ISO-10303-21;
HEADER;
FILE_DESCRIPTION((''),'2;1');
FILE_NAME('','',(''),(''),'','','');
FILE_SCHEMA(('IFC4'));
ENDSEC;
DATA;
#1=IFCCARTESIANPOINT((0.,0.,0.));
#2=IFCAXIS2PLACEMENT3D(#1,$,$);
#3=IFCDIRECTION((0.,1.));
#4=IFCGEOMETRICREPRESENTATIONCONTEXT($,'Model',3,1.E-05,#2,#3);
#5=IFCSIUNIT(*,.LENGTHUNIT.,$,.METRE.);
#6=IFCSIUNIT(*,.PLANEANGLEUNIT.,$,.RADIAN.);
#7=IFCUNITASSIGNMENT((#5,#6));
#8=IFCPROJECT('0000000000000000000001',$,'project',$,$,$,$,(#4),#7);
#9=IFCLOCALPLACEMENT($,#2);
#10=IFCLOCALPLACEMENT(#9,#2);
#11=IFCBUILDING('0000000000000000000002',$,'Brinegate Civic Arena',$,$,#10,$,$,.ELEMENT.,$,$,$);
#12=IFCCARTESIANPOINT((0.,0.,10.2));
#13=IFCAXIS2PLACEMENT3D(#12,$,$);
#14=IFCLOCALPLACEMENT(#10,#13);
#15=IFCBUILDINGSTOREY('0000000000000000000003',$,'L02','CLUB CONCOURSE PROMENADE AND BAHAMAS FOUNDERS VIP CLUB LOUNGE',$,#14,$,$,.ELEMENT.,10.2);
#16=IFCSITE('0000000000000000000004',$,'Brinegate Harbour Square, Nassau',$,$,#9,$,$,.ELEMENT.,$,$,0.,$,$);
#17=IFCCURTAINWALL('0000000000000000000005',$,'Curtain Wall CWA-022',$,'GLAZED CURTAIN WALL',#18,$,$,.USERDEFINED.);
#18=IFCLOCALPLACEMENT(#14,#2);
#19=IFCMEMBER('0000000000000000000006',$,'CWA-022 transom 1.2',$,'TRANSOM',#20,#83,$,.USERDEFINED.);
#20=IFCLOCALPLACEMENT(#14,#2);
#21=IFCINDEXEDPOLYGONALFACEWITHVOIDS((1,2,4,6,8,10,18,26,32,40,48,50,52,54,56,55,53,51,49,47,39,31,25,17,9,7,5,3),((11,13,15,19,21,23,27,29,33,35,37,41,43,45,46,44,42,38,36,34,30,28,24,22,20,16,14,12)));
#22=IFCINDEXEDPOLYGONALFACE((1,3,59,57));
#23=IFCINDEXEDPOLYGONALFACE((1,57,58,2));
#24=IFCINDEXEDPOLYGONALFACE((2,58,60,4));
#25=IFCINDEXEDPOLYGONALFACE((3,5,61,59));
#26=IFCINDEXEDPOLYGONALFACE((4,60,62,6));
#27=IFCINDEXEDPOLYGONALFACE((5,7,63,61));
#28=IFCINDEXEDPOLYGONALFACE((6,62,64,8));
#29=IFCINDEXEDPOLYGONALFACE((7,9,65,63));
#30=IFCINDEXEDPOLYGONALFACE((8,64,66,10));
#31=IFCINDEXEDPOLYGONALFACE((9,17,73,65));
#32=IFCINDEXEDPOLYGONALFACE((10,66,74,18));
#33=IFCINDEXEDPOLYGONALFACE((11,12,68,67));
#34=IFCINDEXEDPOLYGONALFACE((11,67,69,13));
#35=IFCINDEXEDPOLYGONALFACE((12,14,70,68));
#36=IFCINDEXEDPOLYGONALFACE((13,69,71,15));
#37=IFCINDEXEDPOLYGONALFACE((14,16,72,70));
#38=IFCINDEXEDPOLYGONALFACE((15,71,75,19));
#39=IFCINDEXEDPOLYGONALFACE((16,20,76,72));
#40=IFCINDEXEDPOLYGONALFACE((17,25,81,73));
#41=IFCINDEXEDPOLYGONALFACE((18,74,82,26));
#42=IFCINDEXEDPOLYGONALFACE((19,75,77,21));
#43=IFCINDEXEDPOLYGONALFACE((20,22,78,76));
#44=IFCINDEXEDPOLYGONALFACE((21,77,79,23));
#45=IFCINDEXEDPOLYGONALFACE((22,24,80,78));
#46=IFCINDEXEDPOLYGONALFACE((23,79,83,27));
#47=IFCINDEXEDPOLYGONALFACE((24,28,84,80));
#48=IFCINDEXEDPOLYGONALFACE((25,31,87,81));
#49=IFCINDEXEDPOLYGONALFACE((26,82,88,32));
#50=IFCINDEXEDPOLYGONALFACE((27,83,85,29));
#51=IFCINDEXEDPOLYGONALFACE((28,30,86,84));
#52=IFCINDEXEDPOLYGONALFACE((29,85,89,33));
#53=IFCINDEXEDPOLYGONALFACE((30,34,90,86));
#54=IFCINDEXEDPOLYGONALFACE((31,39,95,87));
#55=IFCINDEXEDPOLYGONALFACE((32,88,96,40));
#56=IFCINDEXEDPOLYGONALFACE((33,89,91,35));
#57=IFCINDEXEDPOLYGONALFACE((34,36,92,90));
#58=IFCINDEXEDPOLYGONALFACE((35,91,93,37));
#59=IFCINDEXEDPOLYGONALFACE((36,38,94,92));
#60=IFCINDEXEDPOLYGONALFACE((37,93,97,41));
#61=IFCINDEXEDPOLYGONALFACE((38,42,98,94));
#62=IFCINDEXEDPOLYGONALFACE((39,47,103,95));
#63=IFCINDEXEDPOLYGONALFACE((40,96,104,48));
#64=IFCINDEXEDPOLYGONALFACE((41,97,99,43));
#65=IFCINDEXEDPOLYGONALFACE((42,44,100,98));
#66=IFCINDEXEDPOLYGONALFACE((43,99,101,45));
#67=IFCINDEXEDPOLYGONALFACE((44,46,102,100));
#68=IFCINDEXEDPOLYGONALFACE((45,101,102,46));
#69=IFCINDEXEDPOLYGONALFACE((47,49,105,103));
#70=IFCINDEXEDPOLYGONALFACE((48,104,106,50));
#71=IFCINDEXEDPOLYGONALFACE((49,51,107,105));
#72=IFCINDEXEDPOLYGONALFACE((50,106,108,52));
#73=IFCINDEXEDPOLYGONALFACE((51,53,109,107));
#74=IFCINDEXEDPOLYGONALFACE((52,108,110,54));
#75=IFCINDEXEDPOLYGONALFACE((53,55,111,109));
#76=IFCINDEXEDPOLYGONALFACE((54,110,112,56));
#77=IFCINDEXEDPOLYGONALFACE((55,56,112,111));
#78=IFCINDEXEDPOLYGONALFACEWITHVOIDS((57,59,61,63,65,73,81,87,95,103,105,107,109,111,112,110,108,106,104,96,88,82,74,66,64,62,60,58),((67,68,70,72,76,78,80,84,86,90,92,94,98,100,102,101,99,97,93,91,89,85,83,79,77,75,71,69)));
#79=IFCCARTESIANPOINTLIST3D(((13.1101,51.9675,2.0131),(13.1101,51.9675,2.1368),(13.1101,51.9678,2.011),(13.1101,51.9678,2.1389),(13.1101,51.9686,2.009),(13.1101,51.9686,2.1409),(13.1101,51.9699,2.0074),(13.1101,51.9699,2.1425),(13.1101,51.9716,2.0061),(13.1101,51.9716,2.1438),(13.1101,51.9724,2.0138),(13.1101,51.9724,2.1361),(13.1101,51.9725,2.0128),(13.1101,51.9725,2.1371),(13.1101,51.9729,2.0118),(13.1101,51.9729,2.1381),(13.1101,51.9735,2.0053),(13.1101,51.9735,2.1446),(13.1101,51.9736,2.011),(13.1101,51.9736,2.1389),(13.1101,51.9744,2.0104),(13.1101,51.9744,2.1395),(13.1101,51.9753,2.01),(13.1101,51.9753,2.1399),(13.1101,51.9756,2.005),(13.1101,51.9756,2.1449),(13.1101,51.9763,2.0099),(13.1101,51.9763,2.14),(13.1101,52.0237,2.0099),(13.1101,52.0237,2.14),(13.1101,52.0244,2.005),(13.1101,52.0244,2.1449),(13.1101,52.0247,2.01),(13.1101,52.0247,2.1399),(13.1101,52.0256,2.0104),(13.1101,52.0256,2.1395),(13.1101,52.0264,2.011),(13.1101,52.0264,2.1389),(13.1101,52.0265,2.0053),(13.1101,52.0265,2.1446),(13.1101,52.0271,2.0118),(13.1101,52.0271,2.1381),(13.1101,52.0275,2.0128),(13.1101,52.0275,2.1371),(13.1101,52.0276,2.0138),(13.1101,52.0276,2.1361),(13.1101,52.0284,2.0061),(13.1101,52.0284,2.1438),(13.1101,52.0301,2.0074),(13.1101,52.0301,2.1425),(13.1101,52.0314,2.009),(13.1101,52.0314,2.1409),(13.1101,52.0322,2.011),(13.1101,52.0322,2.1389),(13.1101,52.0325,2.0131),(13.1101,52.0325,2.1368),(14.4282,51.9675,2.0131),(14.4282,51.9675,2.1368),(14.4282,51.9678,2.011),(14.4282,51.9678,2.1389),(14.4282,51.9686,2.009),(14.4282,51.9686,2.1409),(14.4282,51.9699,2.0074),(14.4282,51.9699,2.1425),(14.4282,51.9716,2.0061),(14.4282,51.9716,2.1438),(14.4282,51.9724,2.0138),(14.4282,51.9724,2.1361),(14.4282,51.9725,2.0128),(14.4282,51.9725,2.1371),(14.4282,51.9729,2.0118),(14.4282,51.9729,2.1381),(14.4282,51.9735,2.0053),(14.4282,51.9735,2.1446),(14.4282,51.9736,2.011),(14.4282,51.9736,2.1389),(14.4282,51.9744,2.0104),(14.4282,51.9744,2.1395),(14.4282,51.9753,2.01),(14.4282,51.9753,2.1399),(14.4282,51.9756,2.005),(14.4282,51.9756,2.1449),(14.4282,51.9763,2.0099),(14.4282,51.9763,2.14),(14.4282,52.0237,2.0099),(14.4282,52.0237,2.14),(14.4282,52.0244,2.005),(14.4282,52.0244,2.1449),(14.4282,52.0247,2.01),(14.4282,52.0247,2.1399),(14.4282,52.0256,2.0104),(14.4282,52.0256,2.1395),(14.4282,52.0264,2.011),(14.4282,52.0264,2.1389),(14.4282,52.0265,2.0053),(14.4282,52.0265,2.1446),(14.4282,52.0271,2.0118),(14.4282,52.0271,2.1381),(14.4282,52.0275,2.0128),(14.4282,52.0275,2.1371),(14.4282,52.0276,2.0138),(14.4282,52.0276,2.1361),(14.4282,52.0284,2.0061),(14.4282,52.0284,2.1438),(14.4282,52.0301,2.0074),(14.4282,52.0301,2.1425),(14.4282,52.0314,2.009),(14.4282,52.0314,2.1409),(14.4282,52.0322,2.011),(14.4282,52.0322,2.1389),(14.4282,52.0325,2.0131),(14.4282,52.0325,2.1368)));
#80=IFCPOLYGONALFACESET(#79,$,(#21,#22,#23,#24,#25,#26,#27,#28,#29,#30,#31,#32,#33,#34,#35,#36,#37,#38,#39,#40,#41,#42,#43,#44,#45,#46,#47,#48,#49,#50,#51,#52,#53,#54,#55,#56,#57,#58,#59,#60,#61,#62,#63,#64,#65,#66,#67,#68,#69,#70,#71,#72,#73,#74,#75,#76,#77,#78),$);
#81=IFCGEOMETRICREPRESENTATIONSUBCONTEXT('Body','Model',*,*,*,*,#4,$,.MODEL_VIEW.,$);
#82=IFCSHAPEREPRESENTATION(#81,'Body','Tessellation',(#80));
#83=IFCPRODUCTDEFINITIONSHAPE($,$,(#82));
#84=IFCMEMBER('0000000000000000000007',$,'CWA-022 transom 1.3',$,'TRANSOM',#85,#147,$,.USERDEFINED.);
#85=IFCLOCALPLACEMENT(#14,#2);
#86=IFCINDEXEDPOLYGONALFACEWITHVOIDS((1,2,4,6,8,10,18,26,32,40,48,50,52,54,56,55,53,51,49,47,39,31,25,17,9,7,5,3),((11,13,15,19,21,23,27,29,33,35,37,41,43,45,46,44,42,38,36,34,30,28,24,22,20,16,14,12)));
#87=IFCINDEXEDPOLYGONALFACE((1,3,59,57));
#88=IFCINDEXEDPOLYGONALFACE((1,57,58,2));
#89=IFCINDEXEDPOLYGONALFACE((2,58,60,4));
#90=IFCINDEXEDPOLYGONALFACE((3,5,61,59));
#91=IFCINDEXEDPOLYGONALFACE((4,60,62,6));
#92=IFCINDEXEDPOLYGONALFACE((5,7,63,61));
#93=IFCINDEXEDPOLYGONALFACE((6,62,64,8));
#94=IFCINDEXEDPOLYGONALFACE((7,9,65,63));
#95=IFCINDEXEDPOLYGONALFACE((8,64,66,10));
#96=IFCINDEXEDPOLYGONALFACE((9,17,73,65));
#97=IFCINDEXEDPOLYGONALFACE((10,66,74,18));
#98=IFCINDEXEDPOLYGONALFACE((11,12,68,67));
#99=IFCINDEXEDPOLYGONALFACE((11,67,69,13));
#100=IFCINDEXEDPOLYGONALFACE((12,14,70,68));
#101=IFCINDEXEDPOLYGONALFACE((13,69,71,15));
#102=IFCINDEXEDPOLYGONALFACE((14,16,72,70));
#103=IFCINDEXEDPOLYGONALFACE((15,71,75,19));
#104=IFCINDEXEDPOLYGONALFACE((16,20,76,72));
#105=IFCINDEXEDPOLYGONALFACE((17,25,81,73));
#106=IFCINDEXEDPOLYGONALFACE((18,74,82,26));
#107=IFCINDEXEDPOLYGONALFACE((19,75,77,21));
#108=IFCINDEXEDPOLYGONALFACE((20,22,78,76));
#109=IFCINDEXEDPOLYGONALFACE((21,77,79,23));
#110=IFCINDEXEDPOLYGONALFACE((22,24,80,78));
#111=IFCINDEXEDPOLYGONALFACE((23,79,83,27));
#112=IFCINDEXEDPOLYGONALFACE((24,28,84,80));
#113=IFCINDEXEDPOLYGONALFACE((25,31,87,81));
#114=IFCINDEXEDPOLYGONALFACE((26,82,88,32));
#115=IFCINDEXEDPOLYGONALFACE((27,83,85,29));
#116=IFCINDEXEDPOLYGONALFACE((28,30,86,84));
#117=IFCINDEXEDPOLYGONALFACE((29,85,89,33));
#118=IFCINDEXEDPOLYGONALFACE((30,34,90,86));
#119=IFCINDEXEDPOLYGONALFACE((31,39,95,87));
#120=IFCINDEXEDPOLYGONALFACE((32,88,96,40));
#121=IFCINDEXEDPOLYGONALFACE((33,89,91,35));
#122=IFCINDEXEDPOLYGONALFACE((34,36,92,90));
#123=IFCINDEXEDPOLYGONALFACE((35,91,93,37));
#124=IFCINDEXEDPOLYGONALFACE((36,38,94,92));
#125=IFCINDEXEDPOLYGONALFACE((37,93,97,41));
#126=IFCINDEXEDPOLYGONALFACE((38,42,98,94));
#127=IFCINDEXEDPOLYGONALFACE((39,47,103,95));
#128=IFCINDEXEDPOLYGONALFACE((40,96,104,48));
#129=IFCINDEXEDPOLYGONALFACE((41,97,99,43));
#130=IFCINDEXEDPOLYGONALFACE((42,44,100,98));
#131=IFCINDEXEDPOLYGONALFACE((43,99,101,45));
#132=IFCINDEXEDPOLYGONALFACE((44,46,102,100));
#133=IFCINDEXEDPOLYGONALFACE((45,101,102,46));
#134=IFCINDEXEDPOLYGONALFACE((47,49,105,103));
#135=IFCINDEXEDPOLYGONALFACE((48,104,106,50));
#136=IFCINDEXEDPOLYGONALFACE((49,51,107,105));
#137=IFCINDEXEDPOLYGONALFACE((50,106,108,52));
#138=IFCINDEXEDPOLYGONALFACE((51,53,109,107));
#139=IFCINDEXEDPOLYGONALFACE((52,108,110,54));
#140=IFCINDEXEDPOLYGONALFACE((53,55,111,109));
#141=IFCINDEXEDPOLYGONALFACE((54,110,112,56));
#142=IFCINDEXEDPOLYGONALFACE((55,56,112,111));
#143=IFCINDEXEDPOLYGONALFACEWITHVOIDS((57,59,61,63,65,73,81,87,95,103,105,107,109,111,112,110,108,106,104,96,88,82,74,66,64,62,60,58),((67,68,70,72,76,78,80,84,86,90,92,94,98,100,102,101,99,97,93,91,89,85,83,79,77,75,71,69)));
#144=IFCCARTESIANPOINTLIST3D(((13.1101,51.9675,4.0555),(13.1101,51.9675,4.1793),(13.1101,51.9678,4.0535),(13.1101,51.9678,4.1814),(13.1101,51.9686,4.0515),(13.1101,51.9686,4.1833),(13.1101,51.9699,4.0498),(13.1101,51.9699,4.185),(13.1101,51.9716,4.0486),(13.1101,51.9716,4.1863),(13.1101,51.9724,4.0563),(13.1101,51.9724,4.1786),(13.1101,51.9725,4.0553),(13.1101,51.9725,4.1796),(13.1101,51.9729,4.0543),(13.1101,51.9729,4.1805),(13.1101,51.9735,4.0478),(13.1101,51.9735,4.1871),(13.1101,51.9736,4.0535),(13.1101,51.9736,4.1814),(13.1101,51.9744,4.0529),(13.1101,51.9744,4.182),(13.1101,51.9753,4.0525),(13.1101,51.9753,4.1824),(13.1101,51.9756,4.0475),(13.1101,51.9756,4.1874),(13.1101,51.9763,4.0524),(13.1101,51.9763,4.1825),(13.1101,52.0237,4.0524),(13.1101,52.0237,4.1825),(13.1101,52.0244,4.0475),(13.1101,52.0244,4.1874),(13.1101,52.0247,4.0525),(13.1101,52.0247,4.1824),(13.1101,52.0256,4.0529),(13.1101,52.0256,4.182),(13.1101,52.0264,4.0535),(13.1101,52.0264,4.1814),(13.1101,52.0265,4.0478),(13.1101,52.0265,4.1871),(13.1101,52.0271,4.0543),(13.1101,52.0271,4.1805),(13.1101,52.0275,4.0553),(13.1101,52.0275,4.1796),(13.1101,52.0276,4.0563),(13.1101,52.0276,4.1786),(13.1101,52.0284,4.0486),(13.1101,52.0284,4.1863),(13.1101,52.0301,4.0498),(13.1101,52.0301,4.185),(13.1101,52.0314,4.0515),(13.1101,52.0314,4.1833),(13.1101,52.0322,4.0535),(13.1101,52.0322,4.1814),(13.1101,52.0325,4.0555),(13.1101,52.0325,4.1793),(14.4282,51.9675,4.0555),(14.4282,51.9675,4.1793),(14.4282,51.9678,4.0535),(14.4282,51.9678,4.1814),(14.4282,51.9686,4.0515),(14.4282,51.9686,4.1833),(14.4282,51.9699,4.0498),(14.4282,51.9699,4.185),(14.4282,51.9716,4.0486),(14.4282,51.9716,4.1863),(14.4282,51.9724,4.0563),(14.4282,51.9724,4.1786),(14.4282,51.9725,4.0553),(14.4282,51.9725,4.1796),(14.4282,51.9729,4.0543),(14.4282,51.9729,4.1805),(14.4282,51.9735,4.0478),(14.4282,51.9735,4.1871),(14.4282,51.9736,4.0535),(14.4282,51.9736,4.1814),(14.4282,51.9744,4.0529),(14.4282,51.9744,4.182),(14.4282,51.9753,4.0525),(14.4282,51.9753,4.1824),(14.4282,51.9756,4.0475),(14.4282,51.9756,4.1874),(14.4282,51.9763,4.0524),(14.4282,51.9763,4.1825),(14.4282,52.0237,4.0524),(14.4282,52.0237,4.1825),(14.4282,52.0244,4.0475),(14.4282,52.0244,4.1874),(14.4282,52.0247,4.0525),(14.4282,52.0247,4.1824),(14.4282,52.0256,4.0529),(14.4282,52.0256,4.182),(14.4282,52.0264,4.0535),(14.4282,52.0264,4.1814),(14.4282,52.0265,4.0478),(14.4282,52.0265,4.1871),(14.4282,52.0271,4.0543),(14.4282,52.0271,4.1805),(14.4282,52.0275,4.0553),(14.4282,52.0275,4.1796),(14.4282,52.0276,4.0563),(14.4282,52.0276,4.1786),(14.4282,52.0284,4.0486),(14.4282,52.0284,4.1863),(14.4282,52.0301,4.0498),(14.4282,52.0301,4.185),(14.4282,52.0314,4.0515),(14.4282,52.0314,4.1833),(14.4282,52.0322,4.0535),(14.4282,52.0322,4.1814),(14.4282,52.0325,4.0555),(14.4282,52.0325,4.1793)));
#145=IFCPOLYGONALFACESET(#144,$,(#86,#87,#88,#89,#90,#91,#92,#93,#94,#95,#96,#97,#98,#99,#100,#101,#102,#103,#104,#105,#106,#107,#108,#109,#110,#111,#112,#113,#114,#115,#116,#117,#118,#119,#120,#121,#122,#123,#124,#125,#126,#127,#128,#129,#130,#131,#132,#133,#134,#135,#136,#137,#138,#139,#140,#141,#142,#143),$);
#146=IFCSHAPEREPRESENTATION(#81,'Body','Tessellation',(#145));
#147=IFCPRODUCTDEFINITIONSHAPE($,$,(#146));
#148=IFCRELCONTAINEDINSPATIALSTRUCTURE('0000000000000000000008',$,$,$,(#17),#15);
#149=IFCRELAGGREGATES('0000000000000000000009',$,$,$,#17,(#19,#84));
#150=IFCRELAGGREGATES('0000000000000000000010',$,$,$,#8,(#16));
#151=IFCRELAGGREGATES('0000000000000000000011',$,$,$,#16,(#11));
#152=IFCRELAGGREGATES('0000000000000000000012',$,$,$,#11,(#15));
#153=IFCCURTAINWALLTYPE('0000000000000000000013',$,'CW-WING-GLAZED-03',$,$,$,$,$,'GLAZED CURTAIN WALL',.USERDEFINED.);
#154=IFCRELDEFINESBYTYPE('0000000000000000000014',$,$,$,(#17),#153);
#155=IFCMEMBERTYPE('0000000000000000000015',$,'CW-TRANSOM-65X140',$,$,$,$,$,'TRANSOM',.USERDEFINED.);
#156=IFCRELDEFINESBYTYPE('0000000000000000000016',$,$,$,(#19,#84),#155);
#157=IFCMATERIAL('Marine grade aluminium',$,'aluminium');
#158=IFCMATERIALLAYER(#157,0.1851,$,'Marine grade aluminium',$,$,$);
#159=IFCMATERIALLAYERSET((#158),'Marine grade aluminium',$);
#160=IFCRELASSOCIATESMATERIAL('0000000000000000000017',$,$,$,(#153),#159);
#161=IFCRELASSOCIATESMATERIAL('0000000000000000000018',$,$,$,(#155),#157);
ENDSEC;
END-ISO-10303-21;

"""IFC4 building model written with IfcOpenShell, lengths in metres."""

from ifc_helpers import new_model, si_unit, direction, frame, origin, origin_2d, place, context, subcontext, project, spatial, hollow_rectangle, extrude, material, layer, layer_set, material_profile, profile_set, type_object, element, aggregate, save


model = new_model("IFC4")

# Units and contexts
model_context = context("Model", 3, precision=1e-05, world=origin(), true_north=direction((0.0, 1.0)))
body_context = subcontext(model_context, "Body", "Model", "MODEL_VIEW")
ifc_project = project(units=[si_unit("LENGTHUNIT", "METRE"), si_unit("PLANEANGLEUNIT", "RADIAN")], contexts=[model_context])

# Site, building, storey
site_placement = place(None, origin())
site = spatial("IfcSite", under=ifc_project, at=site_placement, Name="Brinegate Harbour Square, Nassau", CompositionType="ELEMENT", RefElevation=0.0)
building_placement = place(site_placement, origin())
building = spatial("IfcBuilding", under=site, at=building_placement, Name="Brinegate Civic Arena", CompositionType="ELEMENT")
storey_placement = place(building_placement, frame((0.0, 0.0, 10.2)))
storey = spatial("IfcBuildingStorey", under=building, at=storey_placement, Name="L02", Description="CLUB CONCOURSE PROMENADE AND BAHAMAS FOUNDERS VIP CLUB LOUNGE", CompositionType="ELEMENT", Elevation=10.2)

# Curtain wall, members
ifc_material_1 = material(Name="Marine grade aluminium", Category="aluminium")
ifc_layer_1 = layer(ifc_material_1, 0.1851, Name="Marine grade aluminium")
ifc_layer_set_1 = layer_set([ifc_layer_1], Name="Marine grade aluminium")
curtain_wall_type = type_object("IfcCurtainWallType", Name="CW-WING-GLAZED-03", ElementType="GLAZED CURTAIN WALL", PredefinedType="USERDEFINED", material=ifc_layer_set_1)
curtain_wall_placement = place(storey_placement, origin())
curtain_wall = element("IfcCurtainWall", 1, at=curtain_wall_placement, inside=storey, type_object=curtain_wall_type, Name="Curtain Wall CWA-022", ObjectType="GLAZED CURTAIN WALL", PredefinedType="USERDEFINED")
ifc_material_profile_1 = material_profile(ifc_material_1, hollow_rectangle(XDim=0.0649, YDim=0.1399, WallThickness=0.0049, InnerFilletRadius=0.0039, OuterFilletRadius=0.0081, at=origin_2d()), Name="TRN65X140")
ifc_profile_set_1 = profile_set([ifc_material_profile_1], Name="Marine grade aluminium")
member_type_1 = type_object("IfcMemberType", Name="CW-TRANSOM-65X140", ElementType="TRANSOM", PredefinedType="USERDEFINED", material=ifc_profile_set_1)
member_1_placement = place(storey_placement, frame((13.1101, 52.0, 2.075), z_axis=(1.0, 0.0, 0.0), x_axis=(0.0, 1.0, 0.0)))
member_1 = element("IfcMember", 2, at=member_1_placement, type_object=member_type_1, Name="CWA-022 transom 1.2", ObjectType="TRANSOM", PredefinedType="USERDEFINED", context=body_context, shape_type="SweptSolid", body=[
    extrude(hollow_rectangle(XDim=0.0649, YDim=0.1399, WallThickness=0.0049, InnerFilletRadius=0.0039, OuterFilletRadius=0.0081, at=origin_2d()), origin(), (0.0, 0.0, 1.0), 1.3181),
])
member_2_placement = place(storey_placement, frame((13.1101, 52.0, 4.1174), z_axis=(1.0, 0.0, 0.0), x_axis=(0.0, 1.0, 0.0)))
member_2 = element("IfcMember", 3, at=member_2_placement, type_object=member_type_1, Name="CWA-022 transom 1.3", ObjectType="TRANSOM", PredefinedType="USERDEFINED", context=body_context, shape_type="SweptSolid", body=[
    extrude(hollow_rectangle(XDim=0.0649, YDim=0.1399, WallThickness=0.0049, InnerFilletRadius=0.0039, OuterFilletRadius=0.0081, at=origin_2d()), origin(), (0.0, 0.0, 1.0), 1.3181),
])
aggregate(curtain_wall, [member_1, member_2])

save(model, "model.ifc")
